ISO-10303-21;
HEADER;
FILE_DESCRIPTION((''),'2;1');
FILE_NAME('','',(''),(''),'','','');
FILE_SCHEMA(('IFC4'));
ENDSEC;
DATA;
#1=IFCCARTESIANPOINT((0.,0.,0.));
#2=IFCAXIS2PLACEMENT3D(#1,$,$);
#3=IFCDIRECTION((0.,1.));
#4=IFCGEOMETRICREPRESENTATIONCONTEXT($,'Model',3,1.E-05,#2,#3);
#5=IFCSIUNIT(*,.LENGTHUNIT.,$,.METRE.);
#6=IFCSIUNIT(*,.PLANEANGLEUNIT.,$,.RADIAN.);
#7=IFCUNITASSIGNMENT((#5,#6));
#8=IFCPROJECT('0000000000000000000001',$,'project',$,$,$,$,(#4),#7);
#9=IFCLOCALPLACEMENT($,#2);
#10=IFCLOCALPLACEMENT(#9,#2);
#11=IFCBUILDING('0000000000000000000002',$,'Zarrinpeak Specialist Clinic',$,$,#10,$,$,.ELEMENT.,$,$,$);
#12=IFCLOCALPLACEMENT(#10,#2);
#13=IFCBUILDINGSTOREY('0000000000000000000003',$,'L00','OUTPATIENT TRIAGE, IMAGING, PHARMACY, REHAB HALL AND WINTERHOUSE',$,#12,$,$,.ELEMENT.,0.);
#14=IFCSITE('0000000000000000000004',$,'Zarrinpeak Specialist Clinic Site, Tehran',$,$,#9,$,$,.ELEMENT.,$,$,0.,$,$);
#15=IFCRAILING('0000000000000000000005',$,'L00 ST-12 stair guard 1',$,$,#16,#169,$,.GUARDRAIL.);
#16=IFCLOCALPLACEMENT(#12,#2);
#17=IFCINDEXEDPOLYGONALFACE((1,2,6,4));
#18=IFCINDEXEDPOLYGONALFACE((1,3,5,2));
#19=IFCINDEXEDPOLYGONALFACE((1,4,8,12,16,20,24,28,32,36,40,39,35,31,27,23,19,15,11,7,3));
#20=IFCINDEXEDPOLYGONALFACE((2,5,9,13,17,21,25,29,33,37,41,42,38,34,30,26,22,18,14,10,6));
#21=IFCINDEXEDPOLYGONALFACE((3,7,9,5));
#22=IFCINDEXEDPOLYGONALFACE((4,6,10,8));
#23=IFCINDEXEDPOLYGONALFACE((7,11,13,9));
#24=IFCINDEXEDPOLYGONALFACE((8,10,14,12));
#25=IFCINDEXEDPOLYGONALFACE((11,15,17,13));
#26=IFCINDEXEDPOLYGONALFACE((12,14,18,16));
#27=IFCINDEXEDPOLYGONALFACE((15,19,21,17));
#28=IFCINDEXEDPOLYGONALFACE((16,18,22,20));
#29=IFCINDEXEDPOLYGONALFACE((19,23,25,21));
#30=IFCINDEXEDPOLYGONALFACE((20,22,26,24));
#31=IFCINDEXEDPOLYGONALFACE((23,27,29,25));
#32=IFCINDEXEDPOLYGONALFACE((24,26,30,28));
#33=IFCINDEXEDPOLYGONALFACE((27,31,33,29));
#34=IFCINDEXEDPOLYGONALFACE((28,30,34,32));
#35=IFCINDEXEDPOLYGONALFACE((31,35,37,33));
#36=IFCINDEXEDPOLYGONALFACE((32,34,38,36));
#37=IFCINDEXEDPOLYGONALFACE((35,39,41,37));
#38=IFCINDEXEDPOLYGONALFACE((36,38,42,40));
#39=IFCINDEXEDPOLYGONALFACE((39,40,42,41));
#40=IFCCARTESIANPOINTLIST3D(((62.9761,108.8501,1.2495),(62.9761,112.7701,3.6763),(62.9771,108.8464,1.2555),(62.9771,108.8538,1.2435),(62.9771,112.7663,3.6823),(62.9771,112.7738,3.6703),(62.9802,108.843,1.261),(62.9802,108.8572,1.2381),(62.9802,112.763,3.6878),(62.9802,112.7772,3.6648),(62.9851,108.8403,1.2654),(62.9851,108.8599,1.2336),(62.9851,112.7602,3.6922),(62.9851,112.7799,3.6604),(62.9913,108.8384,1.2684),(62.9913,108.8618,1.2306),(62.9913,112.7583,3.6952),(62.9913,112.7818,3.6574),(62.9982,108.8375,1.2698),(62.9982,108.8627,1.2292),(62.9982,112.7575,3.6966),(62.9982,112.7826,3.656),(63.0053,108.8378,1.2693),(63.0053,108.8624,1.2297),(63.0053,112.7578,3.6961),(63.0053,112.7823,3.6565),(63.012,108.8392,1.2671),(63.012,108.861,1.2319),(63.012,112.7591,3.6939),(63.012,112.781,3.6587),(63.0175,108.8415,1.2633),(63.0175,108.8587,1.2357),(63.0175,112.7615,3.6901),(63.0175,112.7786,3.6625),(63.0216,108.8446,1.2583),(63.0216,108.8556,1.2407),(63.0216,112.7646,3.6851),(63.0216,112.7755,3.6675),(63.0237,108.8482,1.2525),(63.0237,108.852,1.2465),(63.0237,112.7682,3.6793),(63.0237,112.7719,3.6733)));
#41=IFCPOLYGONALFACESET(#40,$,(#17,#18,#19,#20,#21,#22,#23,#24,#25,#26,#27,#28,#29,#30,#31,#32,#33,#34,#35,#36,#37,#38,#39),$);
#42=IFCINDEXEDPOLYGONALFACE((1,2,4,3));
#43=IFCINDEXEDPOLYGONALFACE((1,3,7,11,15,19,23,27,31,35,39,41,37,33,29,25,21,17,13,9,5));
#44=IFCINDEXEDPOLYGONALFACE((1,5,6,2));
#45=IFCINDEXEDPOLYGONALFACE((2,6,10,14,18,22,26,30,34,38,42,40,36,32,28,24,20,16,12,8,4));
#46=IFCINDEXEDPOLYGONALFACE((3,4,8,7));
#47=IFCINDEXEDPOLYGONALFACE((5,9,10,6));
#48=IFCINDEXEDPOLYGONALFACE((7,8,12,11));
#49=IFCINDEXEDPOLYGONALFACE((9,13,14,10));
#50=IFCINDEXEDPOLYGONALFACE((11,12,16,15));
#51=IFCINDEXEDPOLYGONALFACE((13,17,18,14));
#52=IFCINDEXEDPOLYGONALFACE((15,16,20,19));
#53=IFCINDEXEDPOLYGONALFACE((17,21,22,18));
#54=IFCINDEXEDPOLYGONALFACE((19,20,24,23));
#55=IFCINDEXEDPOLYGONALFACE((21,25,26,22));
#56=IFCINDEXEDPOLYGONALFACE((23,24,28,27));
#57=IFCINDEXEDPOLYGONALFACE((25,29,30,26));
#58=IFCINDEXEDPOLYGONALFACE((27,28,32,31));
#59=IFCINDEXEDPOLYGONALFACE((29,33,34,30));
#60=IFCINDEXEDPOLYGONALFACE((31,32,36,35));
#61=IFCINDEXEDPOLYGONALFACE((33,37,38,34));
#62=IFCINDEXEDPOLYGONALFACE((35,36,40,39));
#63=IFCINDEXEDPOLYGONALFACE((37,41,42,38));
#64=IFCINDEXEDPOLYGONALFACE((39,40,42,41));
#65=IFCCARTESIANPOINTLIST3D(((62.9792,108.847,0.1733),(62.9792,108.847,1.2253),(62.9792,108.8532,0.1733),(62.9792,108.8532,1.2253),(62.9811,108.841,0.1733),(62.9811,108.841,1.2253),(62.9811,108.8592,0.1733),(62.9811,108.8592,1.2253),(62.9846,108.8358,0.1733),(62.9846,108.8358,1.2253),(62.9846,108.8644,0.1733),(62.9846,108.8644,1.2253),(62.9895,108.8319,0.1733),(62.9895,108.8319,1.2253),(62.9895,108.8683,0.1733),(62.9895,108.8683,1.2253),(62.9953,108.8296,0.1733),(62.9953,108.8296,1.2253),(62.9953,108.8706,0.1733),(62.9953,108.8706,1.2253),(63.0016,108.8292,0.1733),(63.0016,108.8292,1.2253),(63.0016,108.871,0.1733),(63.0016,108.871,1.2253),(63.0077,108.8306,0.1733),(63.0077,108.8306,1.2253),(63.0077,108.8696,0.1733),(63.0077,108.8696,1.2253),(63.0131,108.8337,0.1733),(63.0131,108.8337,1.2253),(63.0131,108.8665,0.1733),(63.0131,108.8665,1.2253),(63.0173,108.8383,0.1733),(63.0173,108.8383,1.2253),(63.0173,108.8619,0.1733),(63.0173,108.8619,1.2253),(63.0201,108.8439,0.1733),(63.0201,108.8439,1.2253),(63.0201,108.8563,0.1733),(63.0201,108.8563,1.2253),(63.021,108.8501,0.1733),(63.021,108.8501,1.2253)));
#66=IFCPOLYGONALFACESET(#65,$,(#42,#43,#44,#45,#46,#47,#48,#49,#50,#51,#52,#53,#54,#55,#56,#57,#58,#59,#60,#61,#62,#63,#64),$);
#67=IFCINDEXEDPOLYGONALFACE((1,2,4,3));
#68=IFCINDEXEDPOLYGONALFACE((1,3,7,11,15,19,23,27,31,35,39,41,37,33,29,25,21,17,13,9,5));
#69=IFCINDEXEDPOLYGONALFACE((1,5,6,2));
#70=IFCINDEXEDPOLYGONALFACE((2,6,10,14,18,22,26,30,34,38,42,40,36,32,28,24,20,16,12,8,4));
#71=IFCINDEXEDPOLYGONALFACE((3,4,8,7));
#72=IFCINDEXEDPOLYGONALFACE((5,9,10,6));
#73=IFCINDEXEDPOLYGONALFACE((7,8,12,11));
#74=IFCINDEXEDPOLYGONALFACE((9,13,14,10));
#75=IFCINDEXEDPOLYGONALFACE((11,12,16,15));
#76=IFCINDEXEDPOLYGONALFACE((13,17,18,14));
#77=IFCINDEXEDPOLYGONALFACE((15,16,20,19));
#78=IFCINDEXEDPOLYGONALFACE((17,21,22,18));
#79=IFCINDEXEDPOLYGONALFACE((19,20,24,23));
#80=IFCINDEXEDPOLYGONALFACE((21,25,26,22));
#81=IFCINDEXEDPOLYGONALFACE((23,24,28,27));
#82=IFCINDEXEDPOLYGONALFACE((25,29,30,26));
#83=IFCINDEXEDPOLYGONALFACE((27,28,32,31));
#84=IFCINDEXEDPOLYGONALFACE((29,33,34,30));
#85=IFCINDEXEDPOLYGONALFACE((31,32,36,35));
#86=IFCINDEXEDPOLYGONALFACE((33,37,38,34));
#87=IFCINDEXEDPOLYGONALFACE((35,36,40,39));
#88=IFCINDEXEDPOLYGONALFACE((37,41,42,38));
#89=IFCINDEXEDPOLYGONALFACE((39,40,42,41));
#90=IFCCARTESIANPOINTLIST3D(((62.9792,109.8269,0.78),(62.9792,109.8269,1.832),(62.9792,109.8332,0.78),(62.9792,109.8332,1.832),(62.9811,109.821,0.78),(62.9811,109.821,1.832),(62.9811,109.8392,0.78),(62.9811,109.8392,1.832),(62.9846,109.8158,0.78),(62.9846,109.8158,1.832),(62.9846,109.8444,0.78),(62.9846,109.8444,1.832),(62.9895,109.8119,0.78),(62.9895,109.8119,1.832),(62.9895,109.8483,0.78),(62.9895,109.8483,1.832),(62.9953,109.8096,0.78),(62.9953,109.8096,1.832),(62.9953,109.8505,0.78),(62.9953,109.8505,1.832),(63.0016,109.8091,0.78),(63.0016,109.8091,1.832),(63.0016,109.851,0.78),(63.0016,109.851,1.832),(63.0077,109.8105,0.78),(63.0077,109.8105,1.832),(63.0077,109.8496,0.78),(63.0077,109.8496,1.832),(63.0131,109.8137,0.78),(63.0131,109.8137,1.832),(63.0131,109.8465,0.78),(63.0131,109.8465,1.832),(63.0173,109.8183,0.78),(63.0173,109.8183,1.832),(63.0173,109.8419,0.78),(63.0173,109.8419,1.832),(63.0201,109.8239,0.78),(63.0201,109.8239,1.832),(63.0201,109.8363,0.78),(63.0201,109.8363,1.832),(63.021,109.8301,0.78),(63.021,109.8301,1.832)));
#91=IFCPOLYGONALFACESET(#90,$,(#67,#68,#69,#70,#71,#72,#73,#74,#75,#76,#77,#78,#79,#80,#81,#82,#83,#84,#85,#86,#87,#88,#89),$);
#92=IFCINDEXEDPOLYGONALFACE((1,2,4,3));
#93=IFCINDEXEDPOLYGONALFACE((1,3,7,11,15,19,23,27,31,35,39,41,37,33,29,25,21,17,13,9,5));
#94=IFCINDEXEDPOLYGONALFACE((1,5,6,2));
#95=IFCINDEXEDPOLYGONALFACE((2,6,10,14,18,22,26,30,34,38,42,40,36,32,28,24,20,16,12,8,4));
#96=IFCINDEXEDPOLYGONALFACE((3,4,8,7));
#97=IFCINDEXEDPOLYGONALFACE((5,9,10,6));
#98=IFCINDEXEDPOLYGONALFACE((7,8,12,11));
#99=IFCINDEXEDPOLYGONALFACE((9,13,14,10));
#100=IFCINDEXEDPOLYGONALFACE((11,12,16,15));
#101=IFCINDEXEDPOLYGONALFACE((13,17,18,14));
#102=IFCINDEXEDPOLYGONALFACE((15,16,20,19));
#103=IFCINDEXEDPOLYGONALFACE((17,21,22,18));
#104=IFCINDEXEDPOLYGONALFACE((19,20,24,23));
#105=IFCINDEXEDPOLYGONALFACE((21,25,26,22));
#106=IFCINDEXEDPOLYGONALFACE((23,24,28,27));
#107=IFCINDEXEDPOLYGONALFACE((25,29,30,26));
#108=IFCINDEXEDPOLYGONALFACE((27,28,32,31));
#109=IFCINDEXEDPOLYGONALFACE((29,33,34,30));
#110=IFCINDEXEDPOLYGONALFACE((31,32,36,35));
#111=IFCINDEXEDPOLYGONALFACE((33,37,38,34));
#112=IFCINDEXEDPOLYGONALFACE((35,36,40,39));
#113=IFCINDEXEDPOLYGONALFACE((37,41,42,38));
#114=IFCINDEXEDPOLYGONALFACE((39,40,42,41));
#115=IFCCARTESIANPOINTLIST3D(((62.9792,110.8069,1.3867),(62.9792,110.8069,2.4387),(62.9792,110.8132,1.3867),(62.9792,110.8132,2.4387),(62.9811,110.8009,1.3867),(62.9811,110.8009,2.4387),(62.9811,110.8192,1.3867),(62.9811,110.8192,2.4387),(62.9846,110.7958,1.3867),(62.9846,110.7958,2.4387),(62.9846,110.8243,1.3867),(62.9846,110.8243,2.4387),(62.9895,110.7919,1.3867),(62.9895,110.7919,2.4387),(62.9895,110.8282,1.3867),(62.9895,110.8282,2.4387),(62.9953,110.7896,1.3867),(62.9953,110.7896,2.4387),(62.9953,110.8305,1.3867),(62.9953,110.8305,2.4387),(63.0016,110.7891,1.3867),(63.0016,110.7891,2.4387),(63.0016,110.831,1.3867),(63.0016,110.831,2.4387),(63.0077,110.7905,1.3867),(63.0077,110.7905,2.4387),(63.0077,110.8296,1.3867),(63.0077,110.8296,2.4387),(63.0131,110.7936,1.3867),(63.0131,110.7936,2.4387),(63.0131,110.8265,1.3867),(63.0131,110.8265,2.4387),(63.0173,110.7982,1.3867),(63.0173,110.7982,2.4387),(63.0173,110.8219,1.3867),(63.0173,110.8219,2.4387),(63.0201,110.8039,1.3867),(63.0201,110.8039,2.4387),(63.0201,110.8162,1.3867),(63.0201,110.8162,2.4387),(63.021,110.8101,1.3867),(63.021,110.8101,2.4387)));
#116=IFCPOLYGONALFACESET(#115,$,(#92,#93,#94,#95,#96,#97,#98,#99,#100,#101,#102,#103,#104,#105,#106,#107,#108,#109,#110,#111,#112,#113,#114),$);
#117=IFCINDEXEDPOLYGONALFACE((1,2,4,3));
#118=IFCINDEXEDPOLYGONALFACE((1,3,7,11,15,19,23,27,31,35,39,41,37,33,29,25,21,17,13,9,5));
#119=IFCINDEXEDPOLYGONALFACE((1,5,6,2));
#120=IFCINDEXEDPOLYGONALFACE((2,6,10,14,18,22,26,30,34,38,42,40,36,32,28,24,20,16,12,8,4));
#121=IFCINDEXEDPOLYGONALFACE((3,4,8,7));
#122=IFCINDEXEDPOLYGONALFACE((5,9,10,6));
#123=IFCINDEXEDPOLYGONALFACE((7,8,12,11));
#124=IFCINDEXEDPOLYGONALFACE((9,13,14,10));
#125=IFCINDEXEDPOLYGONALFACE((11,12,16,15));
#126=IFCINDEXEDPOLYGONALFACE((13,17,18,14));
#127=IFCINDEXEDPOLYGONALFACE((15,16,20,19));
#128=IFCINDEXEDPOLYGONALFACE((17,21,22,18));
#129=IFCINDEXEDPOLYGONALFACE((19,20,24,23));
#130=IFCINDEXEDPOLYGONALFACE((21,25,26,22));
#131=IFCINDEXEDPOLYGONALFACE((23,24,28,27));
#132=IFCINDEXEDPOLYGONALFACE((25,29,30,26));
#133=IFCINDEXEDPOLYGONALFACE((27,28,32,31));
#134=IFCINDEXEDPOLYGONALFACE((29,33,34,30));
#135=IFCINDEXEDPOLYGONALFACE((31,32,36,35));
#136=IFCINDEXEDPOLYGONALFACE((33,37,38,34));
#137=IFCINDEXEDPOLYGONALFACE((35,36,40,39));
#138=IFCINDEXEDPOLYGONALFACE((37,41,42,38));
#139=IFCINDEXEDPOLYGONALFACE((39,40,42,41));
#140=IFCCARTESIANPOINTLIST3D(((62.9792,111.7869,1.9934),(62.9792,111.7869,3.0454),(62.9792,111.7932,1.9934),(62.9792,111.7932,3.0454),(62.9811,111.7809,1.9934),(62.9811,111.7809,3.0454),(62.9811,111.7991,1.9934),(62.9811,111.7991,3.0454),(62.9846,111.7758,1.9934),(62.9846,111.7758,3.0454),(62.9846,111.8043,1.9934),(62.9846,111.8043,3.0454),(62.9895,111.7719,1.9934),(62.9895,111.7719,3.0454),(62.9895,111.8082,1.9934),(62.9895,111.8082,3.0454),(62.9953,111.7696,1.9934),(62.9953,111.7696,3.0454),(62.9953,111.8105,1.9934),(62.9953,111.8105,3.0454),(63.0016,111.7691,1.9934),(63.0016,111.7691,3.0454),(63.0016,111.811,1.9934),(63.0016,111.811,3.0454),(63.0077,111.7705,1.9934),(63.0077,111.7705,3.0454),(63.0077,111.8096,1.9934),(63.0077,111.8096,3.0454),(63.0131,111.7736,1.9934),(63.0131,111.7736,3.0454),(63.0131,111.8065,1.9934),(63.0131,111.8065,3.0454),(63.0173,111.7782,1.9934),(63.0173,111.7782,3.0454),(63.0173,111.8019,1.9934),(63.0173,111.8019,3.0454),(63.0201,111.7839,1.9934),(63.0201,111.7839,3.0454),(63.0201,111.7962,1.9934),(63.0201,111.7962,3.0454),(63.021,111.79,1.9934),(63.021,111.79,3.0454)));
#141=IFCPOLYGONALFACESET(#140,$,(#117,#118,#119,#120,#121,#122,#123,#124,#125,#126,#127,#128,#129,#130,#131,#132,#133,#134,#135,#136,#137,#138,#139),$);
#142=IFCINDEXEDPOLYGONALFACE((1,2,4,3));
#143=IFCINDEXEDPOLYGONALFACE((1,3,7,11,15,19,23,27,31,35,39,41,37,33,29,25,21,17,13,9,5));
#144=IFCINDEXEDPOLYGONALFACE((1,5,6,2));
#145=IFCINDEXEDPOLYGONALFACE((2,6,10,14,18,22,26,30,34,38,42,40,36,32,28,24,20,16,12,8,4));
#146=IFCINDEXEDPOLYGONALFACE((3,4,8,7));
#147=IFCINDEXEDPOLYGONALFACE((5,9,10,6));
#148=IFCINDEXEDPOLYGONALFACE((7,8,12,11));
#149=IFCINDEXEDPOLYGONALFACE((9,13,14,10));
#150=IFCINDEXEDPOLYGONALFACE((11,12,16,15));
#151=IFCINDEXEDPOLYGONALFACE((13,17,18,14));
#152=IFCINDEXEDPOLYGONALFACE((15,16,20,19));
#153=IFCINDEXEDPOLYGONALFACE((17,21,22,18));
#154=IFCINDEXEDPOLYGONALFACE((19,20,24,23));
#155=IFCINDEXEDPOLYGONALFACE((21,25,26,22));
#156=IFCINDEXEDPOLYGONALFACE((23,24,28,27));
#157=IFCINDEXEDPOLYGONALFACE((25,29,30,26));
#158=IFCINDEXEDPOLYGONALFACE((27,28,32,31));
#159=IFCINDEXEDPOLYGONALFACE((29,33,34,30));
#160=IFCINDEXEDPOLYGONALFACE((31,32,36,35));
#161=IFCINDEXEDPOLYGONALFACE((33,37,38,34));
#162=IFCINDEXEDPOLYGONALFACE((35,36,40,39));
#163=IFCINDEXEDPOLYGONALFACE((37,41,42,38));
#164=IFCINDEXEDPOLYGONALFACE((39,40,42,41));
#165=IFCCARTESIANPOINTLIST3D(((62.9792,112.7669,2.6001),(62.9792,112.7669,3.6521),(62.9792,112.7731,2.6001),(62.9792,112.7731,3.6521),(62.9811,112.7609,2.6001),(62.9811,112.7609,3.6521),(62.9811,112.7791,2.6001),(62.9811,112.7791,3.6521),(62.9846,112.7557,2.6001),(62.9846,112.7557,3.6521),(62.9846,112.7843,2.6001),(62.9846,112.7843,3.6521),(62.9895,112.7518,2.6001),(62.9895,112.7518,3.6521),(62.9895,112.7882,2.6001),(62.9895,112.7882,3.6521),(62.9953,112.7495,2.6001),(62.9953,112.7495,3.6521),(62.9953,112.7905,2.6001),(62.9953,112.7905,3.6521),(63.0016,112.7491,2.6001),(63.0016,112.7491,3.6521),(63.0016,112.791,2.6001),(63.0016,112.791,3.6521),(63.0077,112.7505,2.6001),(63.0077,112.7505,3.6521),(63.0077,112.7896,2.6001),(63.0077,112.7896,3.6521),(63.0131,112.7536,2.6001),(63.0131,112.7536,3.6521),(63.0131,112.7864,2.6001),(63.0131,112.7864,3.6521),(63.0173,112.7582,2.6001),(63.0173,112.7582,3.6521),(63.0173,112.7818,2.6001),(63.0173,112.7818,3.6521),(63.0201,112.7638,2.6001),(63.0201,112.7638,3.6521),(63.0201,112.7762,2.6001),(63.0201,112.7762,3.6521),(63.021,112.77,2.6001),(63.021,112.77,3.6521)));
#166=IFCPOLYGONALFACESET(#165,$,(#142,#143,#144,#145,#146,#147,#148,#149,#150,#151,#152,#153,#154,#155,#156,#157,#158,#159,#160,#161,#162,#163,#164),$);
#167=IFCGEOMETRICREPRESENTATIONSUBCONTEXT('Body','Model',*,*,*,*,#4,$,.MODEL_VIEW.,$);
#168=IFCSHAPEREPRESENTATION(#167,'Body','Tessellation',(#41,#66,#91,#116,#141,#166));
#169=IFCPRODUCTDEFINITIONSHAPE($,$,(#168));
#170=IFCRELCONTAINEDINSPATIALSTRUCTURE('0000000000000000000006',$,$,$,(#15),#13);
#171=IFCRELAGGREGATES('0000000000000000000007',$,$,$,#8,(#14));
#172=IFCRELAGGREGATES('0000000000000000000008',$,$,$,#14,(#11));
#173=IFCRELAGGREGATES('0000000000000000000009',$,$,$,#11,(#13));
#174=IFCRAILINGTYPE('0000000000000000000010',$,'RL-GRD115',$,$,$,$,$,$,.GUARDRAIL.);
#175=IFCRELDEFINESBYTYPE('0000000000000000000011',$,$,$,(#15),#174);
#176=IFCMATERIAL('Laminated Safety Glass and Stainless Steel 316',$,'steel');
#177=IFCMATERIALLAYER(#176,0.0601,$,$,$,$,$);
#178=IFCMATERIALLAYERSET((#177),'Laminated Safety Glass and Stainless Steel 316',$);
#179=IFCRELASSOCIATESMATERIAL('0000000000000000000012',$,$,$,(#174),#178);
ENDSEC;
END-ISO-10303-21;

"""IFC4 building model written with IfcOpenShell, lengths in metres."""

from ifc_helpers import new_model, si_unit, direction, frame, origin, origin_2d, place, context, subcontext, project, spatial, circle, extrude, material, layer, layer_set, type_object, element, save


model = new_model("IFC4")

# Units and contexts
model_context = context("Model", 3, precision=1e-05, world=origin(), true_north=direction((0.0, 1.0)))
body_context = subcontext(model_context, "Body", "Model", "MODEL_VIEW")
ifc_project = project(units=[si_unit("LENGTHUNIT", "METRE"), si_unit("PLANEANGLEUNIT", "RADIAN")], contexts=[model_context])

# Site, building, storey
site_placement = place(None, origin())
site = spatial("IfcSite", under=ifc_project, at=site_placement, Name="Zarrinpeak Specialist Clinic Site, Tehran", CompositionType="ELEMENT", RefElevation=0.0)
building_placement = place(site_placement, origin())
building = spatial("IfcBuilding", under=site, at=building_placement, Name="Zarrinpeak Specialist Clinic", CompositionType="ELEMENT")
storey_placement = place(building_placement, origin())
storey = spatial("IfcBuildingStorey", under=building, at=storey_placement, Name="L00", Description="OUTPATIENT TRIAGE, IMAGING, PHARMACY, REHAB HALL AND WINTERHOUSE", CompositionType="ELEMENT", Elevation=0.0)

# Railing
ifc_material_1 = material(Name="Laminated Safety Glass and Stainless Steel 316", Category="steel")
ifc_layer_1 = layer(ifc_material_1, 0.0601)
ifc_layer_set_1 = layer_set([ifc_layer_1], Name="Laminated Safety Glass and Stainless Steel 316")
railing_type_1 = type_object("IfcRailingType", Name="RL-GRD115", PredefinedType="GUARDRAIL", material=ifc_layer_set_1)
railing_1_placement = place(storey_placement, frame((63.0, 108.8501, 0.1733)))
element("IfcRailing", 1, at=railing_1_placement, inside=storey, type_object=railing_type_1, Name="L00 ST-12 stair guard 1", PredefinedType="GUARDRAIL", context=body_context, shape_type="SweptSolid", body=[
    extrude(circle(Radius=0.0239, at=origin_2d()), frame((0.0, 0.0, 1.0762), z_axis=(0.0, 0.850252, 0.526376), x_axis=(-1.0, 0.0, 0.0)), (0.0, 0.0, 1.0), 4.6104),
    extrude(circle(Radius=0.021, at=origin_2d()), origin(), (0.0, 0.0, 1.0), 1.052),
    extrude(circle(Radius=0.021, at=origin_2d()), frame((0.0, 0.98, 0.6067)), (0.0, 0.0, 1.0), 1.052),
    extrude(circle(Radius=0.021, at=origin_2d()), frame((0.0, 1.96, 1.2134)), (0.0, 0.0, 1.0), 1.052),
    extrude(circle(Radius=0.021, at=origin_2d()), frame((0.0, 2.9399, 1.8201)), (0.0, 0.0, 1.0), 1.052),
    extrude(circle(Radius=0.021, at=origin_2d()), frame((0.0, 3.9199, 2.4268)), (0.0, 0.0, 1.0), 1.052),
])

save(model, "model.ifc")
